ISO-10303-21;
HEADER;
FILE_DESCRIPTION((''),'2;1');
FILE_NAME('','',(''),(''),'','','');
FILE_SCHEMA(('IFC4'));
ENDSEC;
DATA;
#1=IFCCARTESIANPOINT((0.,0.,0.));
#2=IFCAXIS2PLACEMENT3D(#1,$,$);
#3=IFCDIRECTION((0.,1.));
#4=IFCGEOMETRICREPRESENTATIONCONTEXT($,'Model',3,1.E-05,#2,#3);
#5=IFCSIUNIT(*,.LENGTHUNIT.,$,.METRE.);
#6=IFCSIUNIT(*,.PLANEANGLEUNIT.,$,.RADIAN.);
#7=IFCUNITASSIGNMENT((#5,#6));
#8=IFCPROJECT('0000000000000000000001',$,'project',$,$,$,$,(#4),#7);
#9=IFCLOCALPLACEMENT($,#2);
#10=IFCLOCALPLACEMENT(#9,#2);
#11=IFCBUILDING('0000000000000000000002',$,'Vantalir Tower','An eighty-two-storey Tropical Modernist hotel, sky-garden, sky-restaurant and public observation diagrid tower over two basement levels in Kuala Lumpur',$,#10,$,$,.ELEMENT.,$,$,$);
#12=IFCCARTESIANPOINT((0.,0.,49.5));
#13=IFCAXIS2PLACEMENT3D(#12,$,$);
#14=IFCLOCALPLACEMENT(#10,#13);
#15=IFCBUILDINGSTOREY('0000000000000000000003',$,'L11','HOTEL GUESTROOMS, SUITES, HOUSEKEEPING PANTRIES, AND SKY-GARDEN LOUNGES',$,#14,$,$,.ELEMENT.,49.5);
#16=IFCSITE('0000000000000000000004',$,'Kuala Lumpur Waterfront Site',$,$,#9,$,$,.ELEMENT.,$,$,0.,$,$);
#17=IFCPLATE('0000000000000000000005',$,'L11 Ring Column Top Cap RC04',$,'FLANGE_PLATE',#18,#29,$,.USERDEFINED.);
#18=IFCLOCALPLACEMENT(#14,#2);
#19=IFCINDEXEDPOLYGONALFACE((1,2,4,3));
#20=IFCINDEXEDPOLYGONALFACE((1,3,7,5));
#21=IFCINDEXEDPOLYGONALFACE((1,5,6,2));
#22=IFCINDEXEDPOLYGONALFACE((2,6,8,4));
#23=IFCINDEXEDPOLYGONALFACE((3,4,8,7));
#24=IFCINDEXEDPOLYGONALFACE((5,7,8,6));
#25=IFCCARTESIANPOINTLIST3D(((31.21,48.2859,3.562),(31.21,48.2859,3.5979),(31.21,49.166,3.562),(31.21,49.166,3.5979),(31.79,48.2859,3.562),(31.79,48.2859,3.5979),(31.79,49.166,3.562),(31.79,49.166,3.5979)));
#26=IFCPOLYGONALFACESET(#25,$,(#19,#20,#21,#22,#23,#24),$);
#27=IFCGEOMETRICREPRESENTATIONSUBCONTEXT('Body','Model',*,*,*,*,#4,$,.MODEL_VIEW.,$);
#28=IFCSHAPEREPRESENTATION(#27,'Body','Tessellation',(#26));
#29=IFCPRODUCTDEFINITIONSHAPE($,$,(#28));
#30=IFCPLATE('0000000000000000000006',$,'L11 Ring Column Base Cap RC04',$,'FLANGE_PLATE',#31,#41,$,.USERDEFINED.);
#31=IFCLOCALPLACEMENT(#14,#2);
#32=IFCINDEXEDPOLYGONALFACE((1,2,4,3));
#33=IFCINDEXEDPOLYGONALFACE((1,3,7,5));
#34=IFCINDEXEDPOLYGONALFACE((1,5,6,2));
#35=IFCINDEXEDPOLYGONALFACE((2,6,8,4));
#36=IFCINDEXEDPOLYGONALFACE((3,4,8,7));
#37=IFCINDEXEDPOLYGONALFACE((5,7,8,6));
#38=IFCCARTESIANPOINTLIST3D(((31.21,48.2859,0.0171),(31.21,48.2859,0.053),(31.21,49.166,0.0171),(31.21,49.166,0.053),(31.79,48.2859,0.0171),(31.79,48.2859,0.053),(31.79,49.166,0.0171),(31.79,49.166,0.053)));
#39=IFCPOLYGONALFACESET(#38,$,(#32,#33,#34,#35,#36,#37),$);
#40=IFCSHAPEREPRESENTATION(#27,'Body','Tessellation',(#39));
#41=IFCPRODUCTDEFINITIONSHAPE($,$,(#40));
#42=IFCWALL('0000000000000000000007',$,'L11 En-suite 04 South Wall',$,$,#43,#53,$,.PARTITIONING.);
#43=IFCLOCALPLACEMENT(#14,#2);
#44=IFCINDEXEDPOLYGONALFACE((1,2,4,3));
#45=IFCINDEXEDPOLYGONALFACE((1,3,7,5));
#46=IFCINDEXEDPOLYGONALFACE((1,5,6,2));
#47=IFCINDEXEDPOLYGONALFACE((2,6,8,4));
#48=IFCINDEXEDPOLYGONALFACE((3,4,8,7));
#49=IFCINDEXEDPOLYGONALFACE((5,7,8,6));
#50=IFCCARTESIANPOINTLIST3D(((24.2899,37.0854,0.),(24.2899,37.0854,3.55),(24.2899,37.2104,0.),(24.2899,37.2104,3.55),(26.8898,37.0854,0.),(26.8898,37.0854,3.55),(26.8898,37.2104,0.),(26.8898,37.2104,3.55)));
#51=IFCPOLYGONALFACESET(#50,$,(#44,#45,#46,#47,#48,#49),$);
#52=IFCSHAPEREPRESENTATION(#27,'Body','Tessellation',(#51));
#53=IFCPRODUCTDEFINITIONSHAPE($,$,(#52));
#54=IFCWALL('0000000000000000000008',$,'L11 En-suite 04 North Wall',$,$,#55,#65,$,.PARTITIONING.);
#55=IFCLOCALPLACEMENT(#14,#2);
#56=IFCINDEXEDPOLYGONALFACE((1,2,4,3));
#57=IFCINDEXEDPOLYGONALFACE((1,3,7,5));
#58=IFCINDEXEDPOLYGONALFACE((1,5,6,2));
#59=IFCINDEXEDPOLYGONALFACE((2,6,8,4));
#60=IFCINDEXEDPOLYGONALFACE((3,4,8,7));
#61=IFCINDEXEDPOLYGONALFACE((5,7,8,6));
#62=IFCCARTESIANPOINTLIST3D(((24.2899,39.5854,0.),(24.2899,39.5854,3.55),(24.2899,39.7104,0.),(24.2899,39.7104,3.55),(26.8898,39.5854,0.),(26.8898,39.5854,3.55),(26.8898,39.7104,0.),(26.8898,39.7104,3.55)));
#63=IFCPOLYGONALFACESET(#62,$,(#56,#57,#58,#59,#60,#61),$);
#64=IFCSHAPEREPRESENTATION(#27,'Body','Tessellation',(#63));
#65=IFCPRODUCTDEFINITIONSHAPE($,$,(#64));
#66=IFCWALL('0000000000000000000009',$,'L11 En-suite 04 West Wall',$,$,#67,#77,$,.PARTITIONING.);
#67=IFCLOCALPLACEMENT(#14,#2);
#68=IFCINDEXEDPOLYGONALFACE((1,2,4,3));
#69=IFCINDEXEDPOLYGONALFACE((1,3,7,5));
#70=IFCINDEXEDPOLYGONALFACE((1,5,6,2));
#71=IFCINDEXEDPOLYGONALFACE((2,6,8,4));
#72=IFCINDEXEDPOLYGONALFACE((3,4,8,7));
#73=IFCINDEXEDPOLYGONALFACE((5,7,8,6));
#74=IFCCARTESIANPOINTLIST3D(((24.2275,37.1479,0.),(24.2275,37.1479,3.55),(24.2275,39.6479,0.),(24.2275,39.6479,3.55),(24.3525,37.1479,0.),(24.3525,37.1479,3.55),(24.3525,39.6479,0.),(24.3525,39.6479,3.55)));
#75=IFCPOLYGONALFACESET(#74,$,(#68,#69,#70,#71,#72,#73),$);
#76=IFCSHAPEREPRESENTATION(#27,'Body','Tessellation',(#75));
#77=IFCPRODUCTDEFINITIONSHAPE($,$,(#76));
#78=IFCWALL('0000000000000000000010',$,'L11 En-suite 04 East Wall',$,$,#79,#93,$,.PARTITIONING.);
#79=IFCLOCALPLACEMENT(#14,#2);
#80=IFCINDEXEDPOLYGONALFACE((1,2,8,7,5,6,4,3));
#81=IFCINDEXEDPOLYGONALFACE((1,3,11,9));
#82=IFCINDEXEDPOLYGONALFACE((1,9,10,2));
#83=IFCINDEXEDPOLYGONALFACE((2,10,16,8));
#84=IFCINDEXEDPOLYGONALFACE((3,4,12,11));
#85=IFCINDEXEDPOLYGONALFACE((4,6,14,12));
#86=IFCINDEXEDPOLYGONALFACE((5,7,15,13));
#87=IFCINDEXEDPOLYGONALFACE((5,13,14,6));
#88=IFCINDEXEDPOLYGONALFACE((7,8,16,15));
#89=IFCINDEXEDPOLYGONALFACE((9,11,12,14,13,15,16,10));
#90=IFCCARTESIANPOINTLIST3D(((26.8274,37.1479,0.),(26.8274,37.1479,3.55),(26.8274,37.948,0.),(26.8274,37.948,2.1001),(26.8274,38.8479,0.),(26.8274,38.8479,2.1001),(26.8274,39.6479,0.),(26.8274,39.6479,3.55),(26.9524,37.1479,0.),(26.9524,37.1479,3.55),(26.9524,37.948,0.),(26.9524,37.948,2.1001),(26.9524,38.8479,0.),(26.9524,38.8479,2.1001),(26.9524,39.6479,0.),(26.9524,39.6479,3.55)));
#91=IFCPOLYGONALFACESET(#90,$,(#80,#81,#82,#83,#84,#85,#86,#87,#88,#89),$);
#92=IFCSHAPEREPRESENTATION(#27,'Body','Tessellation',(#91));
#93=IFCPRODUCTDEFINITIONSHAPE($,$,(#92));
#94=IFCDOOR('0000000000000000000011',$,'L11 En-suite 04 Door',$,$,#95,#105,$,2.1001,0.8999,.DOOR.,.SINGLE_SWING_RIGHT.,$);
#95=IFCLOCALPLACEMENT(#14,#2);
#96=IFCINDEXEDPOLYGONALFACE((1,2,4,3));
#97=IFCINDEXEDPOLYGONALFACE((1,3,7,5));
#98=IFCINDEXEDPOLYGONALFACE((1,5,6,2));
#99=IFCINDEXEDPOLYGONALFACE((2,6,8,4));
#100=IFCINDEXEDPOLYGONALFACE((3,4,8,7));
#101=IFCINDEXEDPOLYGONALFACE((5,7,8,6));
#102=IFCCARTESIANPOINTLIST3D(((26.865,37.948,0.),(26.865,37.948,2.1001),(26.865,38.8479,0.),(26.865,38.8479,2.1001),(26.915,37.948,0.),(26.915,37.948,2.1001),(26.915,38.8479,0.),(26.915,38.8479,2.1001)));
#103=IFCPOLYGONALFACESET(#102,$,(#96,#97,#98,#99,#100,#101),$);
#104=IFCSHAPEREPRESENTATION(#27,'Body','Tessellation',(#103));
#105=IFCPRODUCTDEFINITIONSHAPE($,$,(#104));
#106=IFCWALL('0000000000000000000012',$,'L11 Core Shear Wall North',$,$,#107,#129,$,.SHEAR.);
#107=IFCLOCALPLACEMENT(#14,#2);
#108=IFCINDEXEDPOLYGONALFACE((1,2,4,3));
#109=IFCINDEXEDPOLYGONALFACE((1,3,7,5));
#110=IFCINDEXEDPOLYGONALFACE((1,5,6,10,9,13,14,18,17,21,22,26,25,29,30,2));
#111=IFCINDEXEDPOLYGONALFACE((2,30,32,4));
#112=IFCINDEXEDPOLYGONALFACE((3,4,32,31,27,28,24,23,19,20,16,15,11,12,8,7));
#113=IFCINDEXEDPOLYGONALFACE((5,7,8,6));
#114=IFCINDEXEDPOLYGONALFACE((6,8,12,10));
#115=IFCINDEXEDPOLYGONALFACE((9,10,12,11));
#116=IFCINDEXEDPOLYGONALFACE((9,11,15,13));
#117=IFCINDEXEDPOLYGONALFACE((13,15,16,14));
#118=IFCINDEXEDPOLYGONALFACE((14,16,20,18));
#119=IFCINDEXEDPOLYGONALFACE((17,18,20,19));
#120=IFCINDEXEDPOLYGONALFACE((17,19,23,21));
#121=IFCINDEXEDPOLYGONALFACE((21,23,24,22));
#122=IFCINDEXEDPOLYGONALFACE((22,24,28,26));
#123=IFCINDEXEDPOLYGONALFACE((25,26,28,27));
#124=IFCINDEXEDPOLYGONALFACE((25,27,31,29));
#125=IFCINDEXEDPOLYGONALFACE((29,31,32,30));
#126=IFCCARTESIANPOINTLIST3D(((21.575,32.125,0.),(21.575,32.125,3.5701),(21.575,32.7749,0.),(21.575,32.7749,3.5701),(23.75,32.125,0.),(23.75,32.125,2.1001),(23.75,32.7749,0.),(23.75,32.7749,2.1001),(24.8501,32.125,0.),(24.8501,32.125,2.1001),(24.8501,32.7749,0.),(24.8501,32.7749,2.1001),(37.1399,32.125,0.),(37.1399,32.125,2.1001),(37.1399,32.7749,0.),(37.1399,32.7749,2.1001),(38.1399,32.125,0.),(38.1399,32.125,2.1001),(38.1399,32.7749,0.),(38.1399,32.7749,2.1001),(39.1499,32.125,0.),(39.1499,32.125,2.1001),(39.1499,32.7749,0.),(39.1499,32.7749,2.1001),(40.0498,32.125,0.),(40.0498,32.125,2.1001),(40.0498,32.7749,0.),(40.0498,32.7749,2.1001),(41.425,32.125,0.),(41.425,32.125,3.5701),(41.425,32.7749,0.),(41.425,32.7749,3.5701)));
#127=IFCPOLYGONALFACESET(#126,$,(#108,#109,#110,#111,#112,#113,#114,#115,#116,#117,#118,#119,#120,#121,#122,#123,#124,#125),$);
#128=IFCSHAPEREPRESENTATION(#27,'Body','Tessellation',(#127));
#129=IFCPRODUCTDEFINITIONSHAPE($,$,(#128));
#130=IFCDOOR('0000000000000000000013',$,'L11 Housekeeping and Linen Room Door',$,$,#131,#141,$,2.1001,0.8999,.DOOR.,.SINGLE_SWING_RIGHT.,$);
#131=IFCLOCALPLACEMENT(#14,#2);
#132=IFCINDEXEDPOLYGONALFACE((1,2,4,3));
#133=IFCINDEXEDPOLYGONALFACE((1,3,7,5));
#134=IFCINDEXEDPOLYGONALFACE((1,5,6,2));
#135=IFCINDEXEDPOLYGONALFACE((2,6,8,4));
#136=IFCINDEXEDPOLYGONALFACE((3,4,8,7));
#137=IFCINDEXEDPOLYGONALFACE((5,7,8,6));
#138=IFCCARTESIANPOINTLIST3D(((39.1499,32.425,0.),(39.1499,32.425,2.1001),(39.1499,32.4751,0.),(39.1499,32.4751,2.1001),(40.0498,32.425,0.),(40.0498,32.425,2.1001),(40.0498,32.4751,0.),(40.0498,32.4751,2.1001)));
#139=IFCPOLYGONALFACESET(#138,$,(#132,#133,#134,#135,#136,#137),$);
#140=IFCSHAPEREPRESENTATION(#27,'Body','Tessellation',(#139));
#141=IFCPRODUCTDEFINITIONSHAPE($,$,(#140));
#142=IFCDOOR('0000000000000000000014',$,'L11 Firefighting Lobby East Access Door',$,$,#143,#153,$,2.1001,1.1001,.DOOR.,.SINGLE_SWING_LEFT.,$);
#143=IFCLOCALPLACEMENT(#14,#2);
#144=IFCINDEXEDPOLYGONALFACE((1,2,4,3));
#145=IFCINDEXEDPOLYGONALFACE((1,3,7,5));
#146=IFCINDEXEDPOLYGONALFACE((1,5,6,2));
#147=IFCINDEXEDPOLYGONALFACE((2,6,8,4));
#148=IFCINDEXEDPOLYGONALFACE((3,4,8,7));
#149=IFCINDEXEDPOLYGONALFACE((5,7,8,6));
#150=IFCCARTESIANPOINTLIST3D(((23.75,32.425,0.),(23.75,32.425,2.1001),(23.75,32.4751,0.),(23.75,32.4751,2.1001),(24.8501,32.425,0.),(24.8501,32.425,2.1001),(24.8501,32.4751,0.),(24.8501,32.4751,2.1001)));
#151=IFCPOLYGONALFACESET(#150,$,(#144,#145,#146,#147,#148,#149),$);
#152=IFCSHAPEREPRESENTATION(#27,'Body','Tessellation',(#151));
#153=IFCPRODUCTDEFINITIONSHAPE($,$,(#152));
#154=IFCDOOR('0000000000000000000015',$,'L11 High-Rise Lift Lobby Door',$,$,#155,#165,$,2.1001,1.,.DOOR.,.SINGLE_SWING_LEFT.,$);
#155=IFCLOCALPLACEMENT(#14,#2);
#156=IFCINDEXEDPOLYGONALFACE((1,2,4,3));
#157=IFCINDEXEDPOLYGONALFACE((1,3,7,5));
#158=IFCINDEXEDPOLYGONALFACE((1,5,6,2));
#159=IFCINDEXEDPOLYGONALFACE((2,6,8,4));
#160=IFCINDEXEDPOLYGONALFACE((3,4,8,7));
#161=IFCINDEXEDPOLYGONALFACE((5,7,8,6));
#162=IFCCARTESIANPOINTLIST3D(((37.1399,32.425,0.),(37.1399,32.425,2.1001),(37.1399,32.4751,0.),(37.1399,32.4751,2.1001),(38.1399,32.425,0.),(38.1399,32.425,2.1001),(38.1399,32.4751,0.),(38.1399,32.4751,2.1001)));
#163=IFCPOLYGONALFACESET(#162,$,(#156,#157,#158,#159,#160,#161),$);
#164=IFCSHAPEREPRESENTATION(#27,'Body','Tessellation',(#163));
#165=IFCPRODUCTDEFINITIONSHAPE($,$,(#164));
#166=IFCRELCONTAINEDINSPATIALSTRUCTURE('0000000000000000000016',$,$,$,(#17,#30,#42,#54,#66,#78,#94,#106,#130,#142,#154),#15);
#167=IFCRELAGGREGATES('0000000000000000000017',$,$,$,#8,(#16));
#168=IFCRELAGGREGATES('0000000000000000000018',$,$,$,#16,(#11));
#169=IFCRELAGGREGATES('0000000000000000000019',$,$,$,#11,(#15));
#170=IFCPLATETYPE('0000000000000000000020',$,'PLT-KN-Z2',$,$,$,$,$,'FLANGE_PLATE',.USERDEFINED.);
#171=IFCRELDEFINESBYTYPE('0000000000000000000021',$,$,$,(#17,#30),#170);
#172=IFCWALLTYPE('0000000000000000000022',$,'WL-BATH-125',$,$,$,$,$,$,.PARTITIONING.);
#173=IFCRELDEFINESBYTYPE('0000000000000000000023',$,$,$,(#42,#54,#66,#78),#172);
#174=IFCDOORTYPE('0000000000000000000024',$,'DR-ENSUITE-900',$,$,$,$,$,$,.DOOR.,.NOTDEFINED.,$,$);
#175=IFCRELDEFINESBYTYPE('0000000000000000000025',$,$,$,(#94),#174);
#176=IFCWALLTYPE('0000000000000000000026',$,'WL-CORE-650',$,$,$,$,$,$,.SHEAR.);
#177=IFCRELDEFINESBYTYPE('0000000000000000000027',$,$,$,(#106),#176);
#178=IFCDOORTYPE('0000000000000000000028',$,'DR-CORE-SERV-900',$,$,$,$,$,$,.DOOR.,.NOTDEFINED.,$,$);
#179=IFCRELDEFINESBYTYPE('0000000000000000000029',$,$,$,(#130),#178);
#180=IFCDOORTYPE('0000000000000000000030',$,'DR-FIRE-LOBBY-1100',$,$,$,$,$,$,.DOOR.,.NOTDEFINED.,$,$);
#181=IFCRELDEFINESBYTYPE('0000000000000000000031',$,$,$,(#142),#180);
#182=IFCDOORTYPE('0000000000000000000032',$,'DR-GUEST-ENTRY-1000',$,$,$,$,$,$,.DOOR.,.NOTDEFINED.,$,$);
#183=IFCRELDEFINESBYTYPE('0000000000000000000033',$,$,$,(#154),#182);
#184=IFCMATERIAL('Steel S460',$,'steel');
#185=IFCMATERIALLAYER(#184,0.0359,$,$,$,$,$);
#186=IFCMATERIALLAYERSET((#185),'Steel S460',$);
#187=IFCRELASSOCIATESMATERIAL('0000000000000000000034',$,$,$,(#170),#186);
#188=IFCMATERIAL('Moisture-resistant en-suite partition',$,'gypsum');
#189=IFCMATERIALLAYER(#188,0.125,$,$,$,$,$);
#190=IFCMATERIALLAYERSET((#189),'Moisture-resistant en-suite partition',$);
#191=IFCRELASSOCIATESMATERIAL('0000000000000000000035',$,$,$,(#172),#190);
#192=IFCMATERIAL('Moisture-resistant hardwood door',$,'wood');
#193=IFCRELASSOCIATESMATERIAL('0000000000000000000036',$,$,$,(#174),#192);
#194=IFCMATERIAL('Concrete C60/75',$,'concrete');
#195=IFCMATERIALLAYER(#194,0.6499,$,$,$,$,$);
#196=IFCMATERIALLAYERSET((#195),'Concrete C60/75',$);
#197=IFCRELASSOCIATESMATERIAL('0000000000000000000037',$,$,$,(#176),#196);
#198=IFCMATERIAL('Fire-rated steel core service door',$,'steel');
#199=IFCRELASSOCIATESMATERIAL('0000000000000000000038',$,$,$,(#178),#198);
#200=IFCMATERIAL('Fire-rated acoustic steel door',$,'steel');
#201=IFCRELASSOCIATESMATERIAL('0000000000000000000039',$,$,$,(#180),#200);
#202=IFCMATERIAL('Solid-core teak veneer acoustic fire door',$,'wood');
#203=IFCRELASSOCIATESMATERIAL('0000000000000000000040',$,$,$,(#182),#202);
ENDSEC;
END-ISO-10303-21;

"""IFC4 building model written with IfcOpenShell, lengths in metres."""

from ifc_helpers import new_model, si_unit, direction, frame, frame_2d, origin, place, context, subcontext, project, spatial, polyline, rectangle, outline, extrude, material, layer, layer_set, type_object, element, fill, save


model = new_model("IFC4")

# Units and contexts
model_context = context("Model", 3, precision=1e-05, world=origin(), true_north=direction((0.0, 1.0)))
body_context = subcontext(model_context, "Body", "Model", "MODEL_VIEW")
ifc_project = project(units=[si_unit("LENGTHUNIT", "METRE"), si_unit("PLANEANGLEUNIT", "RADIAN")], contexts=[model_context])

# Site, building, storey
site_placement = place(None, origin())
site = spatial("IfcSite", under=ifc_project, at=site_placement, Name="Kuala Lumpur Waterfront Site", CompositionType="ELEMENT", RefElevation=0.0)
building_placement = place(site_placement, origin())
building = spatial("IfcBuilding", under=site, at=building_placement, Name="Vantalir Tower", Description="An eighty-two-storey Tropical Modernist hotel, sky-garden, sky-restaurant and public observation diagrid tower over two basement levels in Kuala Lumpur", CompositionType="ELEMENT")
storey_placement = place(building_placement, frame((0.0, 0.0, 49.5)))
storey = spatial("IfcBuildingStorey", under=building, at=storey_placement, Name="L11", Description="HOTEL GUESTROOMS, SUITES, HOUSEKEEPING PANTRIES, AND SKY-GARDEN LOUNGES", CompositionType="ELEMENT", Elevation=49.5)

# Shared definitions
ifc_material_1 = material(Name="Concrete C60/75", Category="concrete")
ifc_material_2 = material(Name="Steel S460", Category="steel")

# Plates
ifc_layer_1 = layer(ifc_material_2, 0.0359)
ifc_layer_set_1 = layer_set([ifc_layer_1], Name="Steel S460")
plate_type_1 = type_object("IfcPlateType", Name="PLT-KN-Z2", ElementType="FLANGE_PLATE", PredefinedType="USERDEFINED", material=ifc_layer_set_1)
for number, where, z_axis, x_axis, name in (
    (1, (31.21, 49.166, 3.5979), (0.0, 0.0, 1.0), (0.0, -1.0, 0.0), "L11 Ring Column Top Cap RC04"),
    (2, (31.21, 49.166, 0.053), (0.0, 0.0, 1.0), (0.0, -1.0, 0.0), "L11 Ring Column Base Cap RC04"),
):
    element("IfcPlate", number, at=place(storey_placement, frame(where, z_axis=z_axis, x_axis=x_axis)), inside=storey, type_object=plate_type_1, Name=name, ObjectType="FLANGE_PLATE", PredefinedType="USERDEFINED", context=body_context, shape_type="SweptSolid", body=[
        extrude(outline(polyline([(0.0, 0.0), (0.8801, 0.0), (0.8801, 0.5801), (0.0, 0.5801), (0.0, 0.0)])), origin(), (0.0, 0.0, -1.0), 0.0359),
    ])

# Walls
ifc_material_3 = material(Name="Moisture-resistant en-suite partition", Category="gypsum")
ifc_layer_2 = layer(ifc_material_3, 0.125)
ifc_layer_set_2 = layer_set([ifc_layer_2], Name="Moisture-resistant en-suite partition")
wall_type_1 = type_object("IfcWallType", Name="WL-BATH-125", PredefinedType="PARTITIONING", material=ifc_layer_set_2)
for number, where, z_axis, x_axis, name in (
    (3, (24.29, 37.1479, 0.0), (0.0, 0.0, 1.0), (1.0, 0.0, 0.0), "L11 En-suite 04 South Wall"),
    (4, (24.29, 39.6479, 0.0), (0.0, 0.0, 1.0), (1.0, 0.0, 0.0), "L11 En-suite 04 North Wall"),
):
    element("IfcWall", number, at=place(storey_placement, frame(where, z_axis=z_axis, x_axis=x_axis)), inside=storey, type_object=wall_type_1, Name=name, PredefinedType="PARTITIONING", context=body_context, shape_type="SweptSolid", body=[
        extrude(rectangle(XDim=2.5999, YDim=0.125, at=frame_2d((1.2998, 0.0))), origin(), (0.0, 0.0, 1.0), 3.55),
    ])
wall_1_placement = place(storey_placement, frame((24.29, 37.1479, 0.0), z_axis=(0.0, 0.0, 1.0), x_axis=(0.0, 1.0, 0.0)))
element("IfcWall", 5, at=wall_1_placement, inside=storey, type_object=wall_type_1, Name="L11 En-suite 04 West Wall", PredefinedType="PARTITIONING", context=body_context, shape_type="SweptSolid", body=[
    extrude(rectangle(XDim=2.5, YDim=0.125, at=frame_2d((1.25, 0.0))), origin(), (0.0, 0.0, 1.0), 3.55),
])

# Wall, opening, door
wall_2_placement = place(storey_placement, frame((26.8899, 37.1479, 0.0), z_axis=(0.0, 0.0, 1.0), x_axis=(0.0, 1.0, 0.0)))
wall_2 = element("IfcWall", 6, at=wall_2_placement, inside=storey, type_object=wall_type_1, Name="L11 En-suite 04 East Wall", PredefinedType="PARTITIONING", context=body_context, shape_type="SweptSolid", body=[
    extrude(rectangle(XDim=2.5, YDim=0.125, at=frame_2d((1.25, 0.0))), origin(), (0.0, 0.0, 1.0), 3.55),
])
opening_1_placement = place(wall_2_placement, frame((0.8, 0.0, 0.0)))
opening_1 = element("IfcOpeningElement", 7, at=opening_1_placement, cuts=wall_2, PredefinedType="OPENING", context=body_context, shape_type="SweptSolid", body=[
    extrude(rectangle(XDim=0.8999, YDim=2.1001, at=frame_2d((0.45, 1.05))), frame((0.0, 0.0725, 0.0), z_axis=(0.0, -1.0, 0.0), x_axis=(1.0, 0.0, 0.0)), (0.0, 0.0, 1.0), 0.145),
])
ifc_material_4 = material(Name="Moisture-resistant hardwood door", Category="wood")
door_type_1 = type_object("IfcDoorType", Name="DR-ENSUITE-900", OperationType="NOTDEFINED", PredefinedType="DOOR", material=ifc_material_4)
door_1_placement = place(opening_1_placement, origin())
door_1 = element("IfcDoor", 8, at=door_1_placement, inside=storey, type_object=door_type_1, Name="L11 En-suite 04 Door", OperationType="SINGLE_SWING_RIGHT", OverallHeight=2.1001, OverallWidth=0.8999, PredefinedType="DOOR", context=body_context, shape_type="SweptSolid", body=[
    extrude(rectangle(XDim=0.8999, YDim=2.1001, at=frame_2d((0.45, 1.05))), frame((0.0, 0.0249, 0.0), z_axis=(0.0, -1.0, 0.0), x_axis=(1.0, 0.0, 0.0)), (0.0, 0.0, 1.0), 0.05),
])
fill(opening_1, door_1)

# Wall, openings, doors
ifc_layer_3 = layer(ifc_material_1, 0.6499)
ifc_layer_set_3 = layer_set([ifc_layer_3], Name="Concrete C60/75")
wall_type_2 = type_object("IfcWallType", Name="WL-CORE-650", PredefinedType="SHEAR", material=ifc_layer_set_3)
wall_3_placement = place(storey_placement, frame((21.575, 32.45, 0.0), z_axis=(0.0, 0.0, 1.0), x_axis=(1.0, 0.0, 0.0)))
wall_3 = element("IfcWall", 9, at=wall_3_placement, inside=storey, type_object=wall_type_2, Name="L11 Core Shear Wall North", PredefinedType="SHEAR", context=body_context, shape_type="SweptSolid", body=[
    extrude(rectangle(XDim=19.8501, YDim=0.6499, at=frame_2d((9.925, 0.0))), origin(), (0.0, 0.0, 1.0), 3.5701),
])
opening_2_placement = place(wall_3_placement, frame((2.175, 0.0, 0.0)))
opening_2 = element("IfcOpeningElement", 10, at=opening_2_placement, cuts=wall_3, PredefinedType="OPENING", context=body_context, shape_type="SweptSolid", body=[
    extrude(rectangle(XDim=1.1001, YDim=2.1001, at=frame_2d((0.55, 1.05))), frame((0.0, 0.335, 0.0), z_axis=(0.0, -1.0, 0.0), x_axis=(1.0, 0.0, 0.0)), (0.0, 0.0, 1.0), 0.6699),
])
opening_3_placement = place(wall_3_placement, frame((15.5649, 0.0, 0.0)))
opening_3 = element("IfcOpeningElement", 11, at=opening_3_placement, cuts=wall_3, PredefinedType="OPENING", context=body_context, shape_type="SweptSolid", body=[
    extrude(rectangle(XDim=1.0, YDim=2.1001, at=frame_2d((0.5, 1.05))), frame((0.0, 0.335, 0.0), z_axis=(0.0, -1.0, 0.0), x_axis=(1.0, 0.0, 0.0)), (0.0, 0.0, 1.0), 0.6699),
])
opening_4_placement = place(wall_3_placement, frame((17.575, 0.0, 0.0)))
opening_4 = element("IfcOpeningElement", 12, at=opening_4_placement, cuts=wall_3, PredefinedType="OPENING", context=body_context, shape_type="SweptSolid", body=[
    extrude(rectangle(XDim=0.8999, YDim=2.1001, at=frame_2d((0.45, 1.05))), frame((0.0, 0.335, 0.0), z_axis=(0.0, -1.0, 0.0), x_axis=(1.0, 0.0, 0.0)), (0.0, 0.0, 1.0), 0.6699),
])
ifc_material_5 = material(Name="Fire-rated steel core service door", Category="steel")
door_type_2 = type_object("IfcDoorType", Name="DR-CORE-SERV-900", OperationType="NOTDEFINED", PredefinedType="DOOR", material=ifc_material_5)
door_2_placement = place(opening_4_placement, frame((0.8999, 0.0, 0.0), z_axis=(0.0, 0.0, 1.0), x_axis=(-1.0, 0.0, 0.0)))
door_2 = element("IfcDoor", 13, at=door_2_placement, inside=storey, type_object=door_type_2, Name="L11 Housekeeping and Linen Room Door", OperationType="SINGLE_SWING_RIGHT", OverallHeight=2.1001, OverallWidth=0.8999, PredefinedType="DOOR", context=body_context, shape_type="SweptSolid", body=[
    extrude(rectangle(XDim=0.8999, YDim=2.1001, at=frame_2d((0.45, 1.05))), frame((0.0, 0.0249, 0.0), z_axis=(0.0, -1.0, 0.0), x_axis=(1.0, 0.0, 0.0)), (0.0, 0.0, 1.0), 0.05),
])
fill(opening_4, door_2)
ifc_material_6 = material(Name="Fire-rated acoustic steel door", Category="steel")
door_type_3 = type_object("IfcDoorType", Name="DR-FIRE-LOBBY-1100", OperationType="NOTDEFINED", PredefinedType="DOOR", material=ifc_material_6)
door_3_placement = place(opening_2_placement, frame((1.1001, 0.0, 0.0), z_axis=(0.0, 0.0, 1.0), x_axis=(-1.0, 0.0, 0.0)))
door_3 = element("IfcDoor", 14, at=door_3_placement, inside=storey, type_object=door_type_3, Name="L11 Firefighting Lobby East Access Door", OperationType="SINGLE_SWING_LEFT", OverallHeight=2.1001, OverallWidth=1.1001, PredefinedType="DOOR", context=body_context, shape_type="SweptSolid", body=[
    extrude(rectangle(XDim=1.1001, YDim=2.1001, at=frame_2d((0.55, 1.05))), frame((0.0, 0.0249, 0.0), z_axis=(0.0, -1.0, 0.0), x_axis=(1.0, 0.0, 0.0)), (0.0, 0.0, 1.0), 0.05),
])
fill(opening_2, door_3)
ifc_material_7 = material(Name="Solid-core teak veneer acoustic fire door", Category="wood")
door_type_4 = type_object("IfcDoorType", Name="DR-GUEST-ENTRY-1000", OperationType="NOTDEFINED", PredefinedType="DOOR", material=ifc_material_7)
door_4_placement = place(opening_3_placement, frame((1.0, 0.0, 0.0), z_axis=(0.0, 0.0, 1.0), x_axis=(-1.0, 0.0, 0.0)))
door_4 = element("IfcDoor", 15, at=door_4_placement, inside=storey, type_object=door_type_4, Name="L11 High-Rise Lift Lobby Door", OperationType="SINGLE_SWING_LEFT", OverallHeight=2.1001, OverallWidth=1.0, PredefinedType="DOOR", context=body_context, shape_type="SweptSolid", body=[
    extrude(rectangle(XDim=1.0, YDim=2.1001, at=frame_2d((0.5, 1.05))), frame((0.0, 0.0249, 0.0), z_axis=(0.0, -1.0, 0.0), x_axis=(1.0, 0.0, 0.0)), (0.0, 0.0, 1.0), 0.05),
])
fill(opening_3, door_4)

save(model, "model.ifc")
